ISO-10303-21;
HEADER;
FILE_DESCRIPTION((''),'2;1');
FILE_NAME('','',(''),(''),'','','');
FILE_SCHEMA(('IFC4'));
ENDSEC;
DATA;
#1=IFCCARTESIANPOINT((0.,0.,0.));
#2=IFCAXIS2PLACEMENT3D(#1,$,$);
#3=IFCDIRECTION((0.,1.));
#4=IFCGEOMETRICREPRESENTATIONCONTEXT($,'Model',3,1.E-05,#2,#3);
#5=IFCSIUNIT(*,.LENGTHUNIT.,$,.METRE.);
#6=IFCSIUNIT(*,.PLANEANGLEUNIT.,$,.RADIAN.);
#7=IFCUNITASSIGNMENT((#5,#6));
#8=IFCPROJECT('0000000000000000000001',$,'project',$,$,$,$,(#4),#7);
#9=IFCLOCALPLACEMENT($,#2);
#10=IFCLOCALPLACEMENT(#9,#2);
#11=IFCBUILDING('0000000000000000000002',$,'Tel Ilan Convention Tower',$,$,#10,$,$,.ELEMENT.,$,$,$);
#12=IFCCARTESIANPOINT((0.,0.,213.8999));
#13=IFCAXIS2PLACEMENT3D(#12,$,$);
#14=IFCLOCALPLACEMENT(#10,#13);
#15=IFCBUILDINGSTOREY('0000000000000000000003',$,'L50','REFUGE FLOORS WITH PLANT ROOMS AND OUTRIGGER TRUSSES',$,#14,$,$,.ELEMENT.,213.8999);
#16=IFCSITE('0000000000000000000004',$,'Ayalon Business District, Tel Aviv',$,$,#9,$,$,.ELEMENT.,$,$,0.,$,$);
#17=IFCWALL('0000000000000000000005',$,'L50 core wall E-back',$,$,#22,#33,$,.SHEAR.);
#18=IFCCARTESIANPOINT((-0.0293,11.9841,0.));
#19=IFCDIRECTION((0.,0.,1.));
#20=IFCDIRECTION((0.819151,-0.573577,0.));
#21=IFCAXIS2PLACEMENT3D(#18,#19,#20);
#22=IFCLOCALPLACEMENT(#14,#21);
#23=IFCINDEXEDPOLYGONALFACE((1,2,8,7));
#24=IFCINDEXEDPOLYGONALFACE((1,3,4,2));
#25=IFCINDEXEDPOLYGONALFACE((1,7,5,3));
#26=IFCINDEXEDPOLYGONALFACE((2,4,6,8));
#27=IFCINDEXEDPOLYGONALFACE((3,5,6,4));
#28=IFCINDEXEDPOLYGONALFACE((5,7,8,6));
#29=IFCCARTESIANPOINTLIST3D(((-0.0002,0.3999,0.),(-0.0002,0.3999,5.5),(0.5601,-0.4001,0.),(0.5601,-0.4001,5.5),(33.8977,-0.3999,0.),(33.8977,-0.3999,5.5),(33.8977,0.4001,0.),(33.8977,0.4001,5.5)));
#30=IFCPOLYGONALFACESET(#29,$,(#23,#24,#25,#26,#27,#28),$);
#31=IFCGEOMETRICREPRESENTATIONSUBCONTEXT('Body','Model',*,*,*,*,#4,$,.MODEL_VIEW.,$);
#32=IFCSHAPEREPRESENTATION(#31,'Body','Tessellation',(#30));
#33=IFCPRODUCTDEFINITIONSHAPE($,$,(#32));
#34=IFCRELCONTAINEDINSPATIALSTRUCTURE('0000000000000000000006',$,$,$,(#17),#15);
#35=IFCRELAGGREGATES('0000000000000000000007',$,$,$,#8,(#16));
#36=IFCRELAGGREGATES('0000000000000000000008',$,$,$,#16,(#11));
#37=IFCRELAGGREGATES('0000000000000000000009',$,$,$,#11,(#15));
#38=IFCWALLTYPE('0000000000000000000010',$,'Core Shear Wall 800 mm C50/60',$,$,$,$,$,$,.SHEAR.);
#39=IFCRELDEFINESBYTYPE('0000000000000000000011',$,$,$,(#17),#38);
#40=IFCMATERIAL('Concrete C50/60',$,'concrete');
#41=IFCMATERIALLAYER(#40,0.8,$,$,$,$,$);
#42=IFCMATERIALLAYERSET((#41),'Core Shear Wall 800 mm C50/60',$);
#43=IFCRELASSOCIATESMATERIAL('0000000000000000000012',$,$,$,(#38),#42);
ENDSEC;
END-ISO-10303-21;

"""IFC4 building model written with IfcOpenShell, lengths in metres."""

from ifc_helpers import new_model, si_unit, direction, frame, origin, place, context, subcontext, project, spatial, polyline, outline, extrude, material, layer, layer_set, type_object, element, save


model = new_model("IFC4")

# Units and contexts
model_context = context("Model", 3, precision=1e-05, world=origin(), true_north=direction((0.0, 1.0)))
body_context = subcontext(model_context, "Body", "Model", "MODEL_VIEW")
ifc_project = project(units=[si_unit("LENGTHUNIT", "METRE"), si_unit("PLANEANGLEUNIT", "RADIAN")], contexts=[model_context])

# Site, building, storey
site_placement = place(None, origin())
site = spatial("IfcSite", under=ifc_project, at=site_placement, Name="Ayalon Business District, Tel Aviv", CompositionType="ELEMENT", RefElevation=0.0)
building_placement = place(site_placement, origin())
building = spatial("IfcBuilding", under=site, at=building_placement, Name="Tel Ilan Convention Tower", CompositionType="ELEMENT")
storey_placement = place(building_placement, frame((0.0, 0.0, 213.8999)))
storey = spatial("IfcBuildingStorey", under=building, at=storey_placement, Name="L50", Description="REFUGE FLOORS WITH PLANT ROOMS AND OUTRIGGER TRUSSES", CompositionType="ELEMENT", Elevation=213.8999)

# Wall
ifc_material_1 = material(Name="Concrete C50/60", Category="concrete")
ifc_layer_1 = layer(ifc_material_1, 0.8)
ifc_layer_set_1 = layer_set([ifc_layer_1], Name="Core Shear Wall 800 mm C50/60")
wall_type_1 = type_object("IfcWallType", Name="Core Shear Wall 800 mm C50/60", PredefinedType="SHEAR", material=ifc_layer_set_1)
wall_1_placement = place(storey_placement, frame((-0.0293, 11.9841, 0.0), z_axis=(0.0, 0.0, 1.0), x_axis=(0.819151, -0.573577, 0.0)))
element("IfcWall", 1, at=wall_1_placement, inside=storey, type_object=wall_type_1, Name="L50 core wall E-back", PredefinedType="SHEAR", context=body_context, shape_type="SweptSolid", body=[
    extrude(outline(polyline([(33.8977, 0.4001), (-0.0002, 0.3999), (0.5601, -0.4001), (33.8977, -0.3999), (33.8977, 0.4001)])), origin(), (0.0, 0.0, 1.0), 5.5),
])

save(model, "model.ifc")
